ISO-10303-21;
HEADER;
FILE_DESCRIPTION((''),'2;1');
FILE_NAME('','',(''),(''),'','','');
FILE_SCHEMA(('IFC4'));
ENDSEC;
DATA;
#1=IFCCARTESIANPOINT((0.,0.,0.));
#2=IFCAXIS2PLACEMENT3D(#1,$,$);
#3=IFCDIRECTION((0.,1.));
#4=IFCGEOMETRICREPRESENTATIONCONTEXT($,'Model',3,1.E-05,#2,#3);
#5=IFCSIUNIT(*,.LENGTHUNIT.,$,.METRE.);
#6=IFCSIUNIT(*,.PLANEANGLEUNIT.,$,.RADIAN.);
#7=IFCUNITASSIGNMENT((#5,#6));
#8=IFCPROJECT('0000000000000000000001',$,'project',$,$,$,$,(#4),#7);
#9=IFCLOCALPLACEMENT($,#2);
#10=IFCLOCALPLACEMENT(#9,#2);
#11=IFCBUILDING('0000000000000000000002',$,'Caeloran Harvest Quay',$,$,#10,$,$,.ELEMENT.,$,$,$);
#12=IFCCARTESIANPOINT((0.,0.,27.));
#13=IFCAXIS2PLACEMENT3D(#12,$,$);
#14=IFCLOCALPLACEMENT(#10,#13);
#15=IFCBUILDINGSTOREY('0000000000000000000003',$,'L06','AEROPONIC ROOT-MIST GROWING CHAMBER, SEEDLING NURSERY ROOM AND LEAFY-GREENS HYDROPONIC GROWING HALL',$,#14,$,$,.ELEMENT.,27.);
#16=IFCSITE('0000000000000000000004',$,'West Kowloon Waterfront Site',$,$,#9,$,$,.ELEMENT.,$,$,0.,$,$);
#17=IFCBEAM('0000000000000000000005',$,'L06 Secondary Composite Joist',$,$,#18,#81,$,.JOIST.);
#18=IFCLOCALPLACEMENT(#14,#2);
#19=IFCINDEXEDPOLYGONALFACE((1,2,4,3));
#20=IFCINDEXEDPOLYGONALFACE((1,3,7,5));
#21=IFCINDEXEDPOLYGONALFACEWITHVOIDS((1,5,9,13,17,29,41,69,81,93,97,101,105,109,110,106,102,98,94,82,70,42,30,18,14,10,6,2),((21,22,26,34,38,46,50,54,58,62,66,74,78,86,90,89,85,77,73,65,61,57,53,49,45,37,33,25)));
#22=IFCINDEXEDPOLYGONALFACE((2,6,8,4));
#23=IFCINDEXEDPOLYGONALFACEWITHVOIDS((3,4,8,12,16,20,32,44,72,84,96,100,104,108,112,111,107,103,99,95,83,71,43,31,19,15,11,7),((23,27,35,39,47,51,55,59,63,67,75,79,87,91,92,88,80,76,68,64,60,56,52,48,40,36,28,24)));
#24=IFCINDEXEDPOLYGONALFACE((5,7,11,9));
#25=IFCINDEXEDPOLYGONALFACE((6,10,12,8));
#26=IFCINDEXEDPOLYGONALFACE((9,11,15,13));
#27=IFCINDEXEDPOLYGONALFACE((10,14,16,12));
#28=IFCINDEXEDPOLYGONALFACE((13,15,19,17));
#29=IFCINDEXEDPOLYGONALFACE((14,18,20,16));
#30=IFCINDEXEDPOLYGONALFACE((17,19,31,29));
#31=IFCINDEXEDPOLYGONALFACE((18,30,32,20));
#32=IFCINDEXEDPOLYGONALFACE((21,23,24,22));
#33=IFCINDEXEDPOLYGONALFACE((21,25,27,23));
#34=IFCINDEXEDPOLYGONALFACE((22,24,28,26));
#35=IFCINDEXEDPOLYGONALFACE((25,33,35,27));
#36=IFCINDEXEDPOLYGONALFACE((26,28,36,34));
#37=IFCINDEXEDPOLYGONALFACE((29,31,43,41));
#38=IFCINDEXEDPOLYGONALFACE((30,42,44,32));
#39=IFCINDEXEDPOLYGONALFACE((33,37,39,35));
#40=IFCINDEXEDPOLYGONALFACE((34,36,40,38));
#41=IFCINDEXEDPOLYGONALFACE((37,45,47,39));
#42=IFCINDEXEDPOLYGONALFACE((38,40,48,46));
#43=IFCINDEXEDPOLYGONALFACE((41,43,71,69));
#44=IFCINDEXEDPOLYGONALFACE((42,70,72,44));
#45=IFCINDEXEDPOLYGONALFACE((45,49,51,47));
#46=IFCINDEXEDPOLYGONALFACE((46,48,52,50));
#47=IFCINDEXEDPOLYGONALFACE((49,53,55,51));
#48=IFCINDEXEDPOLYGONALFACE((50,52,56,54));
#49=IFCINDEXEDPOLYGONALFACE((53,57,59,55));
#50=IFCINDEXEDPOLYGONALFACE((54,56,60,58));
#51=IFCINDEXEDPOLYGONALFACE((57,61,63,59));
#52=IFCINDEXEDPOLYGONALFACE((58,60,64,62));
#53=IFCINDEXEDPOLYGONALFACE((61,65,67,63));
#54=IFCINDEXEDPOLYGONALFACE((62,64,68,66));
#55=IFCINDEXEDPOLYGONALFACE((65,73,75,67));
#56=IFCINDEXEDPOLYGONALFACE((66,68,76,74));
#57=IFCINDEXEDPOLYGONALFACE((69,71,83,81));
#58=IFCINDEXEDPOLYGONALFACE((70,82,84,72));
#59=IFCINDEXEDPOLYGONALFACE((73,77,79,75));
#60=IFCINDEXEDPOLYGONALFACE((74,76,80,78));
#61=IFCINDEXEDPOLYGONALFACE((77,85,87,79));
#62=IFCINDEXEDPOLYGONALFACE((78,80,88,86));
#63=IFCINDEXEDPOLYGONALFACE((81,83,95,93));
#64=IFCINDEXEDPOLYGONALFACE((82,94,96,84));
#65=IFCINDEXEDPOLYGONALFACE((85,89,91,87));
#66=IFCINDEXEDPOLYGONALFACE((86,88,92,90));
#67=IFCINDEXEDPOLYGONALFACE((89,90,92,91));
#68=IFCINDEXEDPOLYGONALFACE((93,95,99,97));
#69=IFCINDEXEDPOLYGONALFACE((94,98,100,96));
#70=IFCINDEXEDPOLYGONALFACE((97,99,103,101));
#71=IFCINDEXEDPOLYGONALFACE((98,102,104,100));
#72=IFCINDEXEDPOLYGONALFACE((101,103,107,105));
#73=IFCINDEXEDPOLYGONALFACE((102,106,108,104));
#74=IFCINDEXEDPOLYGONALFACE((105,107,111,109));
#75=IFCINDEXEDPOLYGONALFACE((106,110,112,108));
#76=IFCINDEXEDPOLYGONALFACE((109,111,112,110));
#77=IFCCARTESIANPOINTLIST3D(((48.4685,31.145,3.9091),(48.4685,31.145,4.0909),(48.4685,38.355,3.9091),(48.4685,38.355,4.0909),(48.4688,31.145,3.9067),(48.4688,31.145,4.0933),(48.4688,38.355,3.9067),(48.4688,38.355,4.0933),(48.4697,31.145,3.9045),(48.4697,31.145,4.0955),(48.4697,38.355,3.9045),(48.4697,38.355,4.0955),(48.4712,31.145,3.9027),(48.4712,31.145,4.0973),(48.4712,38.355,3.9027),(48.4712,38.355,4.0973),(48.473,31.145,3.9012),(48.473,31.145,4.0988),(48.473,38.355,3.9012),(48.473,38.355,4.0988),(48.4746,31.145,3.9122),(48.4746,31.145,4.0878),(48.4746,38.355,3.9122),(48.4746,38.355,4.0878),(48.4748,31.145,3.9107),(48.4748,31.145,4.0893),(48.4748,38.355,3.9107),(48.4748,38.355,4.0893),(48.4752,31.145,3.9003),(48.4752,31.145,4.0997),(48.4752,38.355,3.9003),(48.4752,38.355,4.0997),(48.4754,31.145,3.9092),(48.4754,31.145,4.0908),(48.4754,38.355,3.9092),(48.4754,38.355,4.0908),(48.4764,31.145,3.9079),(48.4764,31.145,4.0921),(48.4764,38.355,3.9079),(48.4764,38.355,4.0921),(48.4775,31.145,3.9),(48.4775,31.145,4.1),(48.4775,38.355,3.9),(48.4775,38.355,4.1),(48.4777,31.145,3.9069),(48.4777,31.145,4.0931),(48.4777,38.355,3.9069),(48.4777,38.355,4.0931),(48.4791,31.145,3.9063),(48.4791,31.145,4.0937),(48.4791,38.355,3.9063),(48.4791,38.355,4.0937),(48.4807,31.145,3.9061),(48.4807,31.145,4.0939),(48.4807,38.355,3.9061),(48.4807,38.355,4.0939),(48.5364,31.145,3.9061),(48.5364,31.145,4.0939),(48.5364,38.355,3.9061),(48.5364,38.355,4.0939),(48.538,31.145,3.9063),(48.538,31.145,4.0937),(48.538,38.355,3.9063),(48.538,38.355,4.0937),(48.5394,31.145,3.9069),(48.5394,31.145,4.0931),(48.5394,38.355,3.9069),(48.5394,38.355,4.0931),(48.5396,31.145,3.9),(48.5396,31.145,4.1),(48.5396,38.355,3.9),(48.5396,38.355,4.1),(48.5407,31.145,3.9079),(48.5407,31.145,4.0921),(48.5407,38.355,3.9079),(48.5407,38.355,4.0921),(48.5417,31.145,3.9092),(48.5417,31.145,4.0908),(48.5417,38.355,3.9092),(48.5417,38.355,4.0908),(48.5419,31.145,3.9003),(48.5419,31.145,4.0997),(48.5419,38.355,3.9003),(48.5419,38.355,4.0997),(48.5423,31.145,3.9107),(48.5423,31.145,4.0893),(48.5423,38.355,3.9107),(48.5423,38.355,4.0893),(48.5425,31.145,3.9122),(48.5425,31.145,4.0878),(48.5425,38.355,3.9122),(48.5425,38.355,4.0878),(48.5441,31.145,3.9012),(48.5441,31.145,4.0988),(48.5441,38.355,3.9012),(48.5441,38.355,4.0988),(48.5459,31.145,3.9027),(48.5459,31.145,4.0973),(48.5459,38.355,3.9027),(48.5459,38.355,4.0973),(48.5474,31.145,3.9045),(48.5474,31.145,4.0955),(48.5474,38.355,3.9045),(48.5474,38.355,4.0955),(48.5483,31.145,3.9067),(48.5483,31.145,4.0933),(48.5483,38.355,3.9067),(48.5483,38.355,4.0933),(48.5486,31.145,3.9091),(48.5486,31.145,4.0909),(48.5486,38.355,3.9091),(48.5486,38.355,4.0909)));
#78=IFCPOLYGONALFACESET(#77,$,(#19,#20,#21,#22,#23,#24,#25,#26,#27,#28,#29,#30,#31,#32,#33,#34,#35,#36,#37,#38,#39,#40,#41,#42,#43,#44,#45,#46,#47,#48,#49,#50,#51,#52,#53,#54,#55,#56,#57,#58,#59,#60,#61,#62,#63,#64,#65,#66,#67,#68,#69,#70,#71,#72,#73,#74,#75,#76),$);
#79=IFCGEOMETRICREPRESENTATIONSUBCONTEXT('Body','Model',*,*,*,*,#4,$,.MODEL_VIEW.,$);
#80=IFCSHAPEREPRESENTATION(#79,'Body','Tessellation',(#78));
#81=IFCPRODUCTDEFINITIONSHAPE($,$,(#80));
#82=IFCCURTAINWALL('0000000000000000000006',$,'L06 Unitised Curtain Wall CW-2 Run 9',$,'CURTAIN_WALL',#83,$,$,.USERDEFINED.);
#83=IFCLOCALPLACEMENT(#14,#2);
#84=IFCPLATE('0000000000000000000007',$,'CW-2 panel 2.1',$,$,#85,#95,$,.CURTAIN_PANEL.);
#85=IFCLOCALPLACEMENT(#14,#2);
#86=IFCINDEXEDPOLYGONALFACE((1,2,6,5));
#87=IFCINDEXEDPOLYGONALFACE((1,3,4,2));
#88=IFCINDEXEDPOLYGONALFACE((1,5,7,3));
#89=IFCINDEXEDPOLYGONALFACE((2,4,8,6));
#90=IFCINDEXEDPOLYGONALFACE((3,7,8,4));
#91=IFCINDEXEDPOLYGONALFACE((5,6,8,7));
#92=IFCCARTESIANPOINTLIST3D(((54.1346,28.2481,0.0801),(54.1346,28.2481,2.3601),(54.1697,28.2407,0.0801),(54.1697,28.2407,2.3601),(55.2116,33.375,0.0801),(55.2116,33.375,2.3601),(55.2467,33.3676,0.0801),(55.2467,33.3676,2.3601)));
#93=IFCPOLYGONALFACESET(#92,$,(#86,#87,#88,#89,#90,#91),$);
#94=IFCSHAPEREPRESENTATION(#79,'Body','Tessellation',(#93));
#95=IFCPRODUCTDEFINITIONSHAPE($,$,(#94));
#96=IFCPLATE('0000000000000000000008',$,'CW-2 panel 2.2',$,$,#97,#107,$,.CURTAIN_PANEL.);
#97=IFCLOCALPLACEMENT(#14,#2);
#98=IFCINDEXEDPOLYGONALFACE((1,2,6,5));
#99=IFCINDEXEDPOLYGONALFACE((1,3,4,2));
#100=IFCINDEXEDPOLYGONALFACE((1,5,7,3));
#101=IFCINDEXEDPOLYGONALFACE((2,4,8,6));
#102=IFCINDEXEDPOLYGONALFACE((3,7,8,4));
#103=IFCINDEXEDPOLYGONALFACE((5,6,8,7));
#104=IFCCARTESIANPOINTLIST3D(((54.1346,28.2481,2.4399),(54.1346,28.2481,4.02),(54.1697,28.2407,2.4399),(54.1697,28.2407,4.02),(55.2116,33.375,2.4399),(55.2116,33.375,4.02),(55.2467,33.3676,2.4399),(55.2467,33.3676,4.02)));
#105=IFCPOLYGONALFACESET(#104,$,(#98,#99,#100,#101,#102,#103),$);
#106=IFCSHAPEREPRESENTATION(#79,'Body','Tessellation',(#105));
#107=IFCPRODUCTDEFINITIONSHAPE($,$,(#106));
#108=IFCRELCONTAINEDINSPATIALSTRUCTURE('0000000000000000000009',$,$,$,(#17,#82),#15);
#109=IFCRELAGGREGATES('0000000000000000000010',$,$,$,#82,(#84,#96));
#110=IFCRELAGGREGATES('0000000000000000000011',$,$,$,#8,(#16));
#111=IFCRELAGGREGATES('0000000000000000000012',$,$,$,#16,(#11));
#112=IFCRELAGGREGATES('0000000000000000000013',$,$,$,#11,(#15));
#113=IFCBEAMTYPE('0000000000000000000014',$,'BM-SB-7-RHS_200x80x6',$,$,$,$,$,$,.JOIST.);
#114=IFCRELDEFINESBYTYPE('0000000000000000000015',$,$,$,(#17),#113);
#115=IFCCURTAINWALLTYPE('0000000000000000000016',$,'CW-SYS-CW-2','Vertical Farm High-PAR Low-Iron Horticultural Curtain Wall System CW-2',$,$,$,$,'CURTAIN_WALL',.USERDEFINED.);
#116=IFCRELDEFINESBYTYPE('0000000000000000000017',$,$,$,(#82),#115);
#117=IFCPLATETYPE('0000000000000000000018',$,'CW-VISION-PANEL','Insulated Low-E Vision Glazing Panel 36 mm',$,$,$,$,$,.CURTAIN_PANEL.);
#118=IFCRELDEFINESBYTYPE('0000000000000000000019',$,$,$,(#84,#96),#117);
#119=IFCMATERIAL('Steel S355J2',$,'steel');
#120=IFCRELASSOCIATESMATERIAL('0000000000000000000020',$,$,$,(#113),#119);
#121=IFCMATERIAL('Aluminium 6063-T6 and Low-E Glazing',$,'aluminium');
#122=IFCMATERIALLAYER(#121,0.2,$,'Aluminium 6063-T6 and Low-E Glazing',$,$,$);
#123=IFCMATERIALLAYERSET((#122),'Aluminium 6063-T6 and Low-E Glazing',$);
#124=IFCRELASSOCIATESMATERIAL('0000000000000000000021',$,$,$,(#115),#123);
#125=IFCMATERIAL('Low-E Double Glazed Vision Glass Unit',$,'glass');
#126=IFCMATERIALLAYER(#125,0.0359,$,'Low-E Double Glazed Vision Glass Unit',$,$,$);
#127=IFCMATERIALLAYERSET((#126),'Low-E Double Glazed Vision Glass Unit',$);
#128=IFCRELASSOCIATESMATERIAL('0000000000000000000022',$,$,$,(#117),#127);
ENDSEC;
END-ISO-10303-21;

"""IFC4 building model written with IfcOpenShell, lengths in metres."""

from ifc_helpers import new_model, si_unit, direction, frame, origin, origin_2d, place, context, subcontext, project, spatial, rectangle, hollow_rectangle, extrude, material, layer, layer_set, material_profile, profile_set, type_object, element, aggregate, save


model = new_model("IFC4")

# Units and contexts
model_context = context("Model", 3, precision=1e-05, world=origin(), true_north=direction((0.0, 1.0)))
body_context = subcontext(model_context, "Body", "Model", "MODEL_VIEW")
ifc_project = project(units=[si_unit("LENGTHUNIT", "METRE"), si_unit("PLANEANGLEUNIT", "RADIAN")], contexts=[model_context])

# Site, building, storey
site_placement = place(None, origin())
site = spatial("IfcSite", under=ifc_project, at=site_placement, Name="West Kowloon Waterfront Site", CompositionType="ELEMENT", RefElevation=0.0)
building_placement = place(site_placement, origin())
building = spatial("IfcBuilding", under=site, at=building_placement, Name="Caeloran Harvest Quay", CompositionType="ELEMENT")
storey_placement = place(building_placement, frame((0.0, 0.0, 27.0)))
storey = spatial("IfcBuildingStorey", under=building, at=storey_placement, Name="L06", Description="AEROPONIC ROOT-MIST GROWING CHAMBER, SEEDLING NURSERY ROOM AND LEAFY-GREENS HYDROPONIC GROWING HALL", CompositionType="ELEMENT", Elevation=27.0)

# Beam
ifc_material_1 = material(Name="Steel S355J2", Category="steel")
ifc_material_profile_1 = material_profile(ifc_material_1, hollow_rectangle(XDim=0.0801, YDim=0.2, WallThickness=0.0061, InnerFilletRadius=0.0061, OuterFilletRadius=0.009, at=origin_2d()), Name="RHS 200x80x6")
ifc_profile_set_1 = profile_set([ifc_material_profile_1], Name="Steel S355J2")
beam_type_1 = type_object("IfcBeamType", Name="BM-SB-7-RHS_200x80x6", PredefinedType="JOIST", material=ifc_profile_set_1)
for number, where, z_axis, x_axis, name in (
    (1, (48.5085, 31.145, 4.0), (0.0, 1.0, 0.0), (-1.0, 0.0, 0.0), "L06 Secondary Composite Joist"),
):
    element("IfcBeam", number, at=place(storey_placement, frame(where, z_axis=z_axis, x_axis=x_axis)), inside=storey, type_object=beam_type_1, Name=name, PredefinedType="JOIST", context=body_context, shape_type="SweptSolid", body=[
        extrude(hollow_rectangle(XDim=0.0801, YDim=0.2, WallThickness=0.0061, InnerFilletRadius=0.0061, OuterFilletRadius=0.009, at=origin_2d()), origin(), (0.0, 0.0, 1.0), 7.21),
    ])

# Curtain wall, plates
ifc_material_2 = material(Name="Aluminium 6063-T6 and Low-E Glazing", Category="aluminium")
ifc_layer_1 = layer(ifc_material_2, 0.2, Name="Aluminium 6063-T6 and Low-E Glazing")
ifc_layer_set_1 = layer_set([ifc_layer_1], Name="Aluminium 6063-T6 and Low-E Glazing")
curtain_wall_type = type_object("IfcCurtainWallType", Name="CW-SYS-CW-2", Description="Vertical Farm High-PAR Low-Iron Horticultural Curtain Wall System CW-2", ElementType="CURTAIN_WALL", PredefinedType="USERDEFINED", material=ifc_layer_set_1)
curtain_wall_placement = place(storey_placement, origin())
curtain_wall = element("IfcCurtainWall", 2, at=curtain_wall_placement, inside=storey, type_object=curtain_wall_type, Name="L06 Unitised Curtain Wall CW-2 Run 9", ObjectType="CURTAIN_WALL", PredefinedType="USERDEFINED")
ifc_material_3 = material(Name="Low-E Double Glazed Vision Glass Unit", Category="glass")
ifc_layer_2 = layer(ifc_material_3, 0.0359, Name="Low-E Double Glazed Vision Glass Unit")
ifc_layer_set_2 = layer_set([ifc_layer_2], Name="Low-E Double Glazed Vision Glass Unit")
plate_type = type_object("IfcPlateType", Name="CW-VISION-PANEL", Description="Insulated Low-E Vision Glazing Panel 36 mm", PredefinedType="CURTAIN_PANEL", material=ifc_layer_set_2)
plate_1_placement = place(storey_placement, frame((54.6907, 30.8079, 0.0801), z_axis=(0.0, 0.0, 1.0), x_axis=(-0.205583, -0.97864, 0.0)))
plate_1 = element("IfcPlate", 3, at=plate_1_placement, type_object=plate_type, Name="CW-2 panel 2.1", PredefinedType="CURTAIN_PANEL", context=body_context, shape_type="SweptSolid", body=[
    extrude(rectangle(XDim=5.2388, YDim=0.0359, at=origin_2d()), origin(), (0.0, 0.0, 1.0), 2.28),
])
plate_2_placement = place(storey_placement, frame((54.6907, 30.8079, 2.4399), z_axis=(0.0, 0.0, 1.0), x_axis=(-0.205583, -0.97864, 0.0)))
plate_2 = element("IfcPlate", 4, at=plate_2_placement, type_object=plate_type, Name="CW-2 panel 2.2", PredefinedType="CURTAIN_PANEL", context=body_context, shape_type="SweptSolid", body=[
    extrude(rectangle(XDim=5.2388, YDim=0.0359, at=origin_2d()), origin(), (0.0, 0.0, 1.0), 1.5801),
])
aggregate(curtain_wall, [plate_1, plate_2])

save(model, "model.ifc")
